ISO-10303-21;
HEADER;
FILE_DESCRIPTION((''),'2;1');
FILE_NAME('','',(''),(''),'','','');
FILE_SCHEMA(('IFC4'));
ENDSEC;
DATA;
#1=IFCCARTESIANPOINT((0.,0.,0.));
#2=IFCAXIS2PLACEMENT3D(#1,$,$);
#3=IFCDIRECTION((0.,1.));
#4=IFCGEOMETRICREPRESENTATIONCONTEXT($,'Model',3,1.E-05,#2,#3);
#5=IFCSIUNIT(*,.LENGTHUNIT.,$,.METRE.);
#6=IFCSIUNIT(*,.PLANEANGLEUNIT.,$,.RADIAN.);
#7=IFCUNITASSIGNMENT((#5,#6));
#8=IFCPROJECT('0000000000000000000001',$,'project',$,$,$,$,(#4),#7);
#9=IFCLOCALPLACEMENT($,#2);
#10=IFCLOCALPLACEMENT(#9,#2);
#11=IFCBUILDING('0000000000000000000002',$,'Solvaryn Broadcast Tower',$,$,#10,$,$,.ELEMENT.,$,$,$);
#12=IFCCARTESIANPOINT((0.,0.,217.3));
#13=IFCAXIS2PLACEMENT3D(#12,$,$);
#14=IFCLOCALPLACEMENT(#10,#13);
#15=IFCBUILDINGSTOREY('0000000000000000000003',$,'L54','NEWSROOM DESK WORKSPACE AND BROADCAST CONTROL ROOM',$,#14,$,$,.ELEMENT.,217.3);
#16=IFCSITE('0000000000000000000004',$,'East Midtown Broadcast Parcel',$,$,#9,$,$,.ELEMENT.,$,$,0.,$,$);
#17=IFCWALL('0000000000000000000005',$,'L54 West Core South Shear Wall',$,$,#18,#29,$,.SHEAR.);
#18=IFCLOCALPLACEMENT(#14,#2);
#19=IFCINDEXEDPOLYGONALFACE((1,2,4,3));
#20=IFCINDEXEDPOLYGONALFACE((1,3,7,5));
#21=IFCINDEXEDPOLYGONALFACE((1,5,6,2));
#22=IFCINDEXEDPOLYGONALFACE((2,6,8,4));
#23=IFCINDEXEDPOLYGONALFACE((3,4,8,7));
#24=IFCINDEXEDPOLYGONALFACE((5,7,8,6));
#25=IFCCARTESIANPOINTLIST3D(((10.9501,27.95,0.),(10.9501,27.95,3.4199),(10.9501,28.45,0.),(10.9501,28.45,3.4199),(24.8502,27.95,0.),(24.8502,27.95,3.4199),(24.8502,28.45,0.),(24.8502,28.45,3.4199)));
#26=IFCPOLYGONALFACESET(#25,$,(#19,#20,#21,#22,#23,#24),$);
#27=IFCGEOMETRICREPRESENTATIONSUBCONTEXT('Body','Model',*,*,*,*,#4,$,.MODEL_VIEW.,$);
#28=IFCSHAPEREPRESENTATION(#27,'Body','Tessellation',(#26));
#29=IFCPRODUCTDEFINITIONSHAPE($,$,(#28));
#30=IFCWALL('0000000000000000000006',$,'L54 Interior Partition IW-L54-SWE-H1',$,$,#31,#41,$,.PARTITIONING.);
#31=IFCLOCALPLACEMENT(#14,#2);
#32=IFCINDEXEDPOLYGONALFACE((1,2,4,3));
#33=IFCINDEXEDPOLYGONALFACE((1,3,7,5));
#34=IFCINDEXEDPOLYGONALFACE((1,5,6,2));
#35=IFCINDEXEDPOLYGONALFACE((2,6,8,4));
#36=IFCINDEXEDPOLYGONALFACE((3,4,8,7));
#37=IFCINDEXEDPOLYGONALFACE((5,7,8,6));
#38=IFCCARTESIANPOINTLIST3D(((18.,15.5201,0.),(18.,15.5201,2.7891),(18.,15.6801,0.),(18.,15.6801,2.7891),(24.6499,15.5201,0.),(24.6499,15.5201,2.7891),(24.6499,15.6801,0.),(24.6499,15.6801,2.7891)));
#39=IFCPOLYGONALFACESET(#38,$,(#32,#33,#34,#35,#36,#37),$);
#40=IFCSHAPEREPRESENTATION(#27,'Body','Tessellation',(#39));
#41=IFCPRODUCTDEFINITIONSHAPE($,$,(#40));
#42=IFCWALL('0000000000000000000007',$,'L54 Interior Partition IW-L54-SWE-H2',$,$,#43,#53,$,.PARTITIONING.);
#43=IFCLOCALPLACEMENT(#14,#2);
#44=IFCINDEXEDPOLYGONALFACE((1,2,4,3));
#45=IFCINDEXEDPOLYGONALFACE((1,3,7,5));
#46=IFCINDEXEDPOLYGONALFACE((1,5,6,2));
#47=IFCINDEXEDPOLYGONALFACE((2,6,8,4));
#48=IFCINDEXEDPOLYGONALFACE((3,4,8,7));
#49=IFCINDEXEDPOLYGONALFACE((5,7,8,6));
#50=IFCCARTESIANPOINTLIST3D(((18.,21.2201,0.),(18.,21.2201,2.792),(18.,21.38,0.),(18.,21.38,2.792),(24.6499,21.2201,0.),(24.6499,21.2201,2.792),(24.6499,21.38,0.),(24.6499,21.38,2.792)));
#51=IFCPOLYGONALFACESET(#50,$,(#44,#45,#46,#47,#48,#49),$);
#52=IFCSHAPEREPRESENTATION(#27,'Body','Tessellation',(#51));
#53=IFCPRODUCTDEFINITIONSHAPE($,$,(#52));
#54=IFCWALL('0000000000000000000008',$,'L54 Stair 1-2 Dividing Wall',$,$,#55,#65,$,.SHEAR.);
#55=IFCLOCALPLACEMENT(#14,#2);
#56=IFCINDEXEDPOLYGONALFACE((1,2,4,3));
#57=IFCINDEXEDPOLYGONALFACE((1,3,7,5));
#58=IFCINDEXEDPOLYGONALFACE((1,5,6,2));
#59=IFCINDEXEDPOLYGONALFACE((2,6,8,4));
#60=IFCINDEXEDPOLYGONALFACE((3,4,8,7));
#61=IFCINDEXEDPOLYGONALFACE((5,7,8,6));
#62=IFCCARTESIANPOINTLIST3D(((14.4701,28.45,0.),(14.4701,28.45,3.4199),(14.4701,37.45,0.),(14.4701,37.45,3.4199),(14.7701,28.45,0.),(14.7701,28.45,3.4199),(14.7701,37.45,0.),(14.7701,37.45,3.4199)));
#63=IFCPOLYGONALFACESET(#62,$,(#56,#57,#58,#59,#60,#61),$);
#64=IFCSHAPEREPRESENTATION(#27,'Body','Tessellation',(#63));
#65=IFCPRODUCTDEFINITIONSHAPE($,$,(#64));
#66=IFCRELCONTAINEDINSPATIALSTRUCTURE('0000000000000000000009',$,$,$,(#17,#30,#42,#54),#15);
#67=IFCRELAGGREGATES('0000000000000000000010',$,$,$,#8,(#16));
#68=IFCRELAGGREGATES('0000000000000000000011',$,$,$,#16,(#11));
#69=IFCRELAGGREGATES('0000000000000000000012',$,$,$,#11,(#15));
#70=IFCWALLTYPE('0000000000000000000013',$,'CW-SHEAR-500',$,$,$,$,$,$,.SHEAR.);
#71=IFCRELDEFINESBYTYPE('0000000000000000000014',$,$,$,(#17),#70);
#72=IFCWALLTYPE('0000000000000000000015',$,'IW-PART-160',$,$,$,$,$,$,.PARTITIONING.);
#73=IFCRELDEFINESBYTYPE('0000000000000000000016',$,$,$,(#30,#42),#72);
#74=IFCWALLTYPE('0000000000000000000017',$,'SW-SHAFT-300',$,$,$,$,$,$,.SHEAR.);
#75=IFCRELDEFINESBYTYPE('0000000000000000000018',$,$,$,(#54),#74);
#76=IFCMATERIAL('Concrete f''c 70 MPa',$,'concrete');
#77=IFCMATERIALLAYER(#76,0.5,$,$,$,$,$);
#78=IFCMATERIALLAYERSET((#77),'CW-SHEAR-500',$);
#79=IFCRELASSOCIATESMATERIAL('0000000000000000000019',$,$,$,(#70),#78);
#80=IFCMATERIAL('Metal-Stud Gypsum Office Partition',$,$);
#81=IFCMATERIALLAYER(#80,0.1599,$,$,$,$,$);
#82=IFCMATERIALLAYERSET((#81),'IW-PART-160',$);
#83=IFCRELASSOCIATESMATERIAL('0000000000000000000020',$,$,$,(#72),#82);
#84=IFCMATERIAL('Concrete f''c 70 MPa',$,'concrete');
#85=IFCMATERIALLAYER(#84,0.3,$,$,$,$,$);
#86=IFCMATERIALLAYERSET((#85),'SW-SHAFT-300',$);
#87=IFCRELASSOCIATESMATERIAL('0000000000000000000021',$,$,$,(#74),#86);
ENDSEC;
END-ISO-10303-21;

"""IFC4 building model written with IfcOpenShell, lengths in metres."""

from ifc_helpers import new_model, si_unit, direction, frame, frame_2d, origin, place, context, subcontext, project, spatial, rectangle, extrude, material, layer, layer_set, type_object, element, save


model = new_model("IFC4")

# Units and contexts
model_context = context("Model", 3, precision=1e-05, world=origin(), true_north=direction((0.0, 1.0)))
body_context = subcontext(model_context, "Body", "Model", "MODEL_VIEW")
ifc_project = project(units=[si_unit("LENGTHUNIT", "METRE"), si_unit("PLANEANGLEUNIT", "RADIAN")], contexts=[model_context])

# Site, building, storey
site_placement = place(None, origin())
site = spatial("IfcSite", under=ifc_project, at=site_placement, Name="East Midtown Broadcast Parcel", CompositionType="ELEMENT", RefElevation=0.0)
building_placement = place(site_placement, origin())
building = spatial("IfcBuilding", under=site, at=building_placement, Name="Solvaryn Broadcast Tower", CompositionType="ELEMENT")
storey_placement = place(building_placement, frame((0.0, 0.0, 217.3)))
storey = spatial("IfcBuildingStorey", under=building, at=storey_placement, Name="L54", Description="NEWSROOM DESK WORKSPACE AND BROADCAST CONTROL ROOM", CompositionType="ELEMENT", Elevation=217.3)

# Wall
ifc_material_1 = material(Name="Concrete f'c 70 MPa", Category="concrete")
ifc_layer_1 = layer(ifc_material_1, 0.5)
ifc_layer_set_1 = layer_set([ifc_layer_1], Name="CW-SHEAR-500")
wall_type_1 = type_object("IfcWallType", Name="CW-SHEAR-500", PredefinedType="SHEAR", material=ifc_layer_set_1)
wall_1_placement = place(storey_placement, frame((10.95, 28.2, 0.0), z_axis=(0.0, 0.0, 1.0), x_axis=(1.0, 0.0, 0.0)))
element("IfcWall", 1, at=wall_1_placement, inside=storey, type_object=wall_type_1, Name="L54 West Core South Shear Wall", PredefinedType="SHEAR", context=body_context, shape_type="SweptSolid", body=[
    extrude(rectangle(XDim=13.9001, YDim=0.5, at=frame_2d((6.9502, 0.0))), origin(), (0.0, 0.0, 1.0), 3.4199),
])

# Shared definitions
ifc_material_2 = material(Name="Metal-Stud Gypsum Office Partition")
ifc_layer_2 = layer(ifc_material_2, 0.1599)
ifc_layer_set_2 = layer_set([ifc_layer_2], Name="IW-PART-160")
wall_type_2 = type_object("IfcWallType", Name="IW-PART-160", PredefinedType="PARTITIONING", material=ifc_layer_set_2)

# Walls
wall_2_placement = place(storey_placement, frame((18.0, 15.6001, 0.0), z_axis=(0.0, 0.0, 1.0), x_axis=(1.0, 0.0, 0.0)))
element("IfcWall", 2, at=wall_2_placement, inside=storey, type_object=wall_type_2, Name="L54 Interior Partition IW-L54-SWE-H1", PredefinedType="PARTITIONING", context=body_context, shape_type="SweptSolid", body=[
    extrude(rectangle(XDim=6.6499, YDim=0.1599, at=frame_2d((3.325, 0.0))), origin(), (0.0, 0.0, 1.0), 2.7891),
])
wall_3_placement = place(storey_placement, frame((18.0, 21.3, 0.0), z_axis=(0.0, 0.0, 1.0), x_axis=(1.0, 0.0, 0.0)))
element("IfcWall", 3, at=wall_3_placement, inside=storey, type_object=wall_type_2, Name="L54 Interior Partition IW-L54-SWE-H2", PredefinedType="PARTITIONING", context=body_context, shape_type="SweptSolid", body=[
    extrude(rectangle(XDim=6.6499, YDim=0.1599, at=frame_2d((3.325, 0.0))), origin(), (0.0, 0.0, 1.0), 2.792),
])
ifc_material_3 = material(Name="Concrete f'c 70 MPa", Category="concrete")
ifc_layer_3 = layer(ifc_material_3, 0.3)
ifc_layer_set_3 = layer_set([ifc_layer_3], Name="SW-SHAFT-300")
wall_type_3 = type_object("IfcWallType", Name="SW-SHAFT-300", PredefinedType="SHEAR", material=ifc_layer_set_3)
wall_4_placement = place(storey_placement, frame((14.6201, 28.45, 0.0), z_axis=(0.0, 0.0, 1.0), x_axis=(0.0, 1.0, 0.0)))
element("IfcWall", 4, at=wall_4_placement, inside=storey, type_object=wall_type_3, Name="L54 Stair 1-2 Dividing Wall", PredefinedType="SHEAR", context=body_context, shape_type="SweptSolid", body=[
    extrude(rectangle(XDim=9.0, YDim=0.3, at=frame_2d((4.5, 0.0))), origin(), (0.0, 0.0, 1.0), 3.4199),
])

save(model, "model.ifc")
